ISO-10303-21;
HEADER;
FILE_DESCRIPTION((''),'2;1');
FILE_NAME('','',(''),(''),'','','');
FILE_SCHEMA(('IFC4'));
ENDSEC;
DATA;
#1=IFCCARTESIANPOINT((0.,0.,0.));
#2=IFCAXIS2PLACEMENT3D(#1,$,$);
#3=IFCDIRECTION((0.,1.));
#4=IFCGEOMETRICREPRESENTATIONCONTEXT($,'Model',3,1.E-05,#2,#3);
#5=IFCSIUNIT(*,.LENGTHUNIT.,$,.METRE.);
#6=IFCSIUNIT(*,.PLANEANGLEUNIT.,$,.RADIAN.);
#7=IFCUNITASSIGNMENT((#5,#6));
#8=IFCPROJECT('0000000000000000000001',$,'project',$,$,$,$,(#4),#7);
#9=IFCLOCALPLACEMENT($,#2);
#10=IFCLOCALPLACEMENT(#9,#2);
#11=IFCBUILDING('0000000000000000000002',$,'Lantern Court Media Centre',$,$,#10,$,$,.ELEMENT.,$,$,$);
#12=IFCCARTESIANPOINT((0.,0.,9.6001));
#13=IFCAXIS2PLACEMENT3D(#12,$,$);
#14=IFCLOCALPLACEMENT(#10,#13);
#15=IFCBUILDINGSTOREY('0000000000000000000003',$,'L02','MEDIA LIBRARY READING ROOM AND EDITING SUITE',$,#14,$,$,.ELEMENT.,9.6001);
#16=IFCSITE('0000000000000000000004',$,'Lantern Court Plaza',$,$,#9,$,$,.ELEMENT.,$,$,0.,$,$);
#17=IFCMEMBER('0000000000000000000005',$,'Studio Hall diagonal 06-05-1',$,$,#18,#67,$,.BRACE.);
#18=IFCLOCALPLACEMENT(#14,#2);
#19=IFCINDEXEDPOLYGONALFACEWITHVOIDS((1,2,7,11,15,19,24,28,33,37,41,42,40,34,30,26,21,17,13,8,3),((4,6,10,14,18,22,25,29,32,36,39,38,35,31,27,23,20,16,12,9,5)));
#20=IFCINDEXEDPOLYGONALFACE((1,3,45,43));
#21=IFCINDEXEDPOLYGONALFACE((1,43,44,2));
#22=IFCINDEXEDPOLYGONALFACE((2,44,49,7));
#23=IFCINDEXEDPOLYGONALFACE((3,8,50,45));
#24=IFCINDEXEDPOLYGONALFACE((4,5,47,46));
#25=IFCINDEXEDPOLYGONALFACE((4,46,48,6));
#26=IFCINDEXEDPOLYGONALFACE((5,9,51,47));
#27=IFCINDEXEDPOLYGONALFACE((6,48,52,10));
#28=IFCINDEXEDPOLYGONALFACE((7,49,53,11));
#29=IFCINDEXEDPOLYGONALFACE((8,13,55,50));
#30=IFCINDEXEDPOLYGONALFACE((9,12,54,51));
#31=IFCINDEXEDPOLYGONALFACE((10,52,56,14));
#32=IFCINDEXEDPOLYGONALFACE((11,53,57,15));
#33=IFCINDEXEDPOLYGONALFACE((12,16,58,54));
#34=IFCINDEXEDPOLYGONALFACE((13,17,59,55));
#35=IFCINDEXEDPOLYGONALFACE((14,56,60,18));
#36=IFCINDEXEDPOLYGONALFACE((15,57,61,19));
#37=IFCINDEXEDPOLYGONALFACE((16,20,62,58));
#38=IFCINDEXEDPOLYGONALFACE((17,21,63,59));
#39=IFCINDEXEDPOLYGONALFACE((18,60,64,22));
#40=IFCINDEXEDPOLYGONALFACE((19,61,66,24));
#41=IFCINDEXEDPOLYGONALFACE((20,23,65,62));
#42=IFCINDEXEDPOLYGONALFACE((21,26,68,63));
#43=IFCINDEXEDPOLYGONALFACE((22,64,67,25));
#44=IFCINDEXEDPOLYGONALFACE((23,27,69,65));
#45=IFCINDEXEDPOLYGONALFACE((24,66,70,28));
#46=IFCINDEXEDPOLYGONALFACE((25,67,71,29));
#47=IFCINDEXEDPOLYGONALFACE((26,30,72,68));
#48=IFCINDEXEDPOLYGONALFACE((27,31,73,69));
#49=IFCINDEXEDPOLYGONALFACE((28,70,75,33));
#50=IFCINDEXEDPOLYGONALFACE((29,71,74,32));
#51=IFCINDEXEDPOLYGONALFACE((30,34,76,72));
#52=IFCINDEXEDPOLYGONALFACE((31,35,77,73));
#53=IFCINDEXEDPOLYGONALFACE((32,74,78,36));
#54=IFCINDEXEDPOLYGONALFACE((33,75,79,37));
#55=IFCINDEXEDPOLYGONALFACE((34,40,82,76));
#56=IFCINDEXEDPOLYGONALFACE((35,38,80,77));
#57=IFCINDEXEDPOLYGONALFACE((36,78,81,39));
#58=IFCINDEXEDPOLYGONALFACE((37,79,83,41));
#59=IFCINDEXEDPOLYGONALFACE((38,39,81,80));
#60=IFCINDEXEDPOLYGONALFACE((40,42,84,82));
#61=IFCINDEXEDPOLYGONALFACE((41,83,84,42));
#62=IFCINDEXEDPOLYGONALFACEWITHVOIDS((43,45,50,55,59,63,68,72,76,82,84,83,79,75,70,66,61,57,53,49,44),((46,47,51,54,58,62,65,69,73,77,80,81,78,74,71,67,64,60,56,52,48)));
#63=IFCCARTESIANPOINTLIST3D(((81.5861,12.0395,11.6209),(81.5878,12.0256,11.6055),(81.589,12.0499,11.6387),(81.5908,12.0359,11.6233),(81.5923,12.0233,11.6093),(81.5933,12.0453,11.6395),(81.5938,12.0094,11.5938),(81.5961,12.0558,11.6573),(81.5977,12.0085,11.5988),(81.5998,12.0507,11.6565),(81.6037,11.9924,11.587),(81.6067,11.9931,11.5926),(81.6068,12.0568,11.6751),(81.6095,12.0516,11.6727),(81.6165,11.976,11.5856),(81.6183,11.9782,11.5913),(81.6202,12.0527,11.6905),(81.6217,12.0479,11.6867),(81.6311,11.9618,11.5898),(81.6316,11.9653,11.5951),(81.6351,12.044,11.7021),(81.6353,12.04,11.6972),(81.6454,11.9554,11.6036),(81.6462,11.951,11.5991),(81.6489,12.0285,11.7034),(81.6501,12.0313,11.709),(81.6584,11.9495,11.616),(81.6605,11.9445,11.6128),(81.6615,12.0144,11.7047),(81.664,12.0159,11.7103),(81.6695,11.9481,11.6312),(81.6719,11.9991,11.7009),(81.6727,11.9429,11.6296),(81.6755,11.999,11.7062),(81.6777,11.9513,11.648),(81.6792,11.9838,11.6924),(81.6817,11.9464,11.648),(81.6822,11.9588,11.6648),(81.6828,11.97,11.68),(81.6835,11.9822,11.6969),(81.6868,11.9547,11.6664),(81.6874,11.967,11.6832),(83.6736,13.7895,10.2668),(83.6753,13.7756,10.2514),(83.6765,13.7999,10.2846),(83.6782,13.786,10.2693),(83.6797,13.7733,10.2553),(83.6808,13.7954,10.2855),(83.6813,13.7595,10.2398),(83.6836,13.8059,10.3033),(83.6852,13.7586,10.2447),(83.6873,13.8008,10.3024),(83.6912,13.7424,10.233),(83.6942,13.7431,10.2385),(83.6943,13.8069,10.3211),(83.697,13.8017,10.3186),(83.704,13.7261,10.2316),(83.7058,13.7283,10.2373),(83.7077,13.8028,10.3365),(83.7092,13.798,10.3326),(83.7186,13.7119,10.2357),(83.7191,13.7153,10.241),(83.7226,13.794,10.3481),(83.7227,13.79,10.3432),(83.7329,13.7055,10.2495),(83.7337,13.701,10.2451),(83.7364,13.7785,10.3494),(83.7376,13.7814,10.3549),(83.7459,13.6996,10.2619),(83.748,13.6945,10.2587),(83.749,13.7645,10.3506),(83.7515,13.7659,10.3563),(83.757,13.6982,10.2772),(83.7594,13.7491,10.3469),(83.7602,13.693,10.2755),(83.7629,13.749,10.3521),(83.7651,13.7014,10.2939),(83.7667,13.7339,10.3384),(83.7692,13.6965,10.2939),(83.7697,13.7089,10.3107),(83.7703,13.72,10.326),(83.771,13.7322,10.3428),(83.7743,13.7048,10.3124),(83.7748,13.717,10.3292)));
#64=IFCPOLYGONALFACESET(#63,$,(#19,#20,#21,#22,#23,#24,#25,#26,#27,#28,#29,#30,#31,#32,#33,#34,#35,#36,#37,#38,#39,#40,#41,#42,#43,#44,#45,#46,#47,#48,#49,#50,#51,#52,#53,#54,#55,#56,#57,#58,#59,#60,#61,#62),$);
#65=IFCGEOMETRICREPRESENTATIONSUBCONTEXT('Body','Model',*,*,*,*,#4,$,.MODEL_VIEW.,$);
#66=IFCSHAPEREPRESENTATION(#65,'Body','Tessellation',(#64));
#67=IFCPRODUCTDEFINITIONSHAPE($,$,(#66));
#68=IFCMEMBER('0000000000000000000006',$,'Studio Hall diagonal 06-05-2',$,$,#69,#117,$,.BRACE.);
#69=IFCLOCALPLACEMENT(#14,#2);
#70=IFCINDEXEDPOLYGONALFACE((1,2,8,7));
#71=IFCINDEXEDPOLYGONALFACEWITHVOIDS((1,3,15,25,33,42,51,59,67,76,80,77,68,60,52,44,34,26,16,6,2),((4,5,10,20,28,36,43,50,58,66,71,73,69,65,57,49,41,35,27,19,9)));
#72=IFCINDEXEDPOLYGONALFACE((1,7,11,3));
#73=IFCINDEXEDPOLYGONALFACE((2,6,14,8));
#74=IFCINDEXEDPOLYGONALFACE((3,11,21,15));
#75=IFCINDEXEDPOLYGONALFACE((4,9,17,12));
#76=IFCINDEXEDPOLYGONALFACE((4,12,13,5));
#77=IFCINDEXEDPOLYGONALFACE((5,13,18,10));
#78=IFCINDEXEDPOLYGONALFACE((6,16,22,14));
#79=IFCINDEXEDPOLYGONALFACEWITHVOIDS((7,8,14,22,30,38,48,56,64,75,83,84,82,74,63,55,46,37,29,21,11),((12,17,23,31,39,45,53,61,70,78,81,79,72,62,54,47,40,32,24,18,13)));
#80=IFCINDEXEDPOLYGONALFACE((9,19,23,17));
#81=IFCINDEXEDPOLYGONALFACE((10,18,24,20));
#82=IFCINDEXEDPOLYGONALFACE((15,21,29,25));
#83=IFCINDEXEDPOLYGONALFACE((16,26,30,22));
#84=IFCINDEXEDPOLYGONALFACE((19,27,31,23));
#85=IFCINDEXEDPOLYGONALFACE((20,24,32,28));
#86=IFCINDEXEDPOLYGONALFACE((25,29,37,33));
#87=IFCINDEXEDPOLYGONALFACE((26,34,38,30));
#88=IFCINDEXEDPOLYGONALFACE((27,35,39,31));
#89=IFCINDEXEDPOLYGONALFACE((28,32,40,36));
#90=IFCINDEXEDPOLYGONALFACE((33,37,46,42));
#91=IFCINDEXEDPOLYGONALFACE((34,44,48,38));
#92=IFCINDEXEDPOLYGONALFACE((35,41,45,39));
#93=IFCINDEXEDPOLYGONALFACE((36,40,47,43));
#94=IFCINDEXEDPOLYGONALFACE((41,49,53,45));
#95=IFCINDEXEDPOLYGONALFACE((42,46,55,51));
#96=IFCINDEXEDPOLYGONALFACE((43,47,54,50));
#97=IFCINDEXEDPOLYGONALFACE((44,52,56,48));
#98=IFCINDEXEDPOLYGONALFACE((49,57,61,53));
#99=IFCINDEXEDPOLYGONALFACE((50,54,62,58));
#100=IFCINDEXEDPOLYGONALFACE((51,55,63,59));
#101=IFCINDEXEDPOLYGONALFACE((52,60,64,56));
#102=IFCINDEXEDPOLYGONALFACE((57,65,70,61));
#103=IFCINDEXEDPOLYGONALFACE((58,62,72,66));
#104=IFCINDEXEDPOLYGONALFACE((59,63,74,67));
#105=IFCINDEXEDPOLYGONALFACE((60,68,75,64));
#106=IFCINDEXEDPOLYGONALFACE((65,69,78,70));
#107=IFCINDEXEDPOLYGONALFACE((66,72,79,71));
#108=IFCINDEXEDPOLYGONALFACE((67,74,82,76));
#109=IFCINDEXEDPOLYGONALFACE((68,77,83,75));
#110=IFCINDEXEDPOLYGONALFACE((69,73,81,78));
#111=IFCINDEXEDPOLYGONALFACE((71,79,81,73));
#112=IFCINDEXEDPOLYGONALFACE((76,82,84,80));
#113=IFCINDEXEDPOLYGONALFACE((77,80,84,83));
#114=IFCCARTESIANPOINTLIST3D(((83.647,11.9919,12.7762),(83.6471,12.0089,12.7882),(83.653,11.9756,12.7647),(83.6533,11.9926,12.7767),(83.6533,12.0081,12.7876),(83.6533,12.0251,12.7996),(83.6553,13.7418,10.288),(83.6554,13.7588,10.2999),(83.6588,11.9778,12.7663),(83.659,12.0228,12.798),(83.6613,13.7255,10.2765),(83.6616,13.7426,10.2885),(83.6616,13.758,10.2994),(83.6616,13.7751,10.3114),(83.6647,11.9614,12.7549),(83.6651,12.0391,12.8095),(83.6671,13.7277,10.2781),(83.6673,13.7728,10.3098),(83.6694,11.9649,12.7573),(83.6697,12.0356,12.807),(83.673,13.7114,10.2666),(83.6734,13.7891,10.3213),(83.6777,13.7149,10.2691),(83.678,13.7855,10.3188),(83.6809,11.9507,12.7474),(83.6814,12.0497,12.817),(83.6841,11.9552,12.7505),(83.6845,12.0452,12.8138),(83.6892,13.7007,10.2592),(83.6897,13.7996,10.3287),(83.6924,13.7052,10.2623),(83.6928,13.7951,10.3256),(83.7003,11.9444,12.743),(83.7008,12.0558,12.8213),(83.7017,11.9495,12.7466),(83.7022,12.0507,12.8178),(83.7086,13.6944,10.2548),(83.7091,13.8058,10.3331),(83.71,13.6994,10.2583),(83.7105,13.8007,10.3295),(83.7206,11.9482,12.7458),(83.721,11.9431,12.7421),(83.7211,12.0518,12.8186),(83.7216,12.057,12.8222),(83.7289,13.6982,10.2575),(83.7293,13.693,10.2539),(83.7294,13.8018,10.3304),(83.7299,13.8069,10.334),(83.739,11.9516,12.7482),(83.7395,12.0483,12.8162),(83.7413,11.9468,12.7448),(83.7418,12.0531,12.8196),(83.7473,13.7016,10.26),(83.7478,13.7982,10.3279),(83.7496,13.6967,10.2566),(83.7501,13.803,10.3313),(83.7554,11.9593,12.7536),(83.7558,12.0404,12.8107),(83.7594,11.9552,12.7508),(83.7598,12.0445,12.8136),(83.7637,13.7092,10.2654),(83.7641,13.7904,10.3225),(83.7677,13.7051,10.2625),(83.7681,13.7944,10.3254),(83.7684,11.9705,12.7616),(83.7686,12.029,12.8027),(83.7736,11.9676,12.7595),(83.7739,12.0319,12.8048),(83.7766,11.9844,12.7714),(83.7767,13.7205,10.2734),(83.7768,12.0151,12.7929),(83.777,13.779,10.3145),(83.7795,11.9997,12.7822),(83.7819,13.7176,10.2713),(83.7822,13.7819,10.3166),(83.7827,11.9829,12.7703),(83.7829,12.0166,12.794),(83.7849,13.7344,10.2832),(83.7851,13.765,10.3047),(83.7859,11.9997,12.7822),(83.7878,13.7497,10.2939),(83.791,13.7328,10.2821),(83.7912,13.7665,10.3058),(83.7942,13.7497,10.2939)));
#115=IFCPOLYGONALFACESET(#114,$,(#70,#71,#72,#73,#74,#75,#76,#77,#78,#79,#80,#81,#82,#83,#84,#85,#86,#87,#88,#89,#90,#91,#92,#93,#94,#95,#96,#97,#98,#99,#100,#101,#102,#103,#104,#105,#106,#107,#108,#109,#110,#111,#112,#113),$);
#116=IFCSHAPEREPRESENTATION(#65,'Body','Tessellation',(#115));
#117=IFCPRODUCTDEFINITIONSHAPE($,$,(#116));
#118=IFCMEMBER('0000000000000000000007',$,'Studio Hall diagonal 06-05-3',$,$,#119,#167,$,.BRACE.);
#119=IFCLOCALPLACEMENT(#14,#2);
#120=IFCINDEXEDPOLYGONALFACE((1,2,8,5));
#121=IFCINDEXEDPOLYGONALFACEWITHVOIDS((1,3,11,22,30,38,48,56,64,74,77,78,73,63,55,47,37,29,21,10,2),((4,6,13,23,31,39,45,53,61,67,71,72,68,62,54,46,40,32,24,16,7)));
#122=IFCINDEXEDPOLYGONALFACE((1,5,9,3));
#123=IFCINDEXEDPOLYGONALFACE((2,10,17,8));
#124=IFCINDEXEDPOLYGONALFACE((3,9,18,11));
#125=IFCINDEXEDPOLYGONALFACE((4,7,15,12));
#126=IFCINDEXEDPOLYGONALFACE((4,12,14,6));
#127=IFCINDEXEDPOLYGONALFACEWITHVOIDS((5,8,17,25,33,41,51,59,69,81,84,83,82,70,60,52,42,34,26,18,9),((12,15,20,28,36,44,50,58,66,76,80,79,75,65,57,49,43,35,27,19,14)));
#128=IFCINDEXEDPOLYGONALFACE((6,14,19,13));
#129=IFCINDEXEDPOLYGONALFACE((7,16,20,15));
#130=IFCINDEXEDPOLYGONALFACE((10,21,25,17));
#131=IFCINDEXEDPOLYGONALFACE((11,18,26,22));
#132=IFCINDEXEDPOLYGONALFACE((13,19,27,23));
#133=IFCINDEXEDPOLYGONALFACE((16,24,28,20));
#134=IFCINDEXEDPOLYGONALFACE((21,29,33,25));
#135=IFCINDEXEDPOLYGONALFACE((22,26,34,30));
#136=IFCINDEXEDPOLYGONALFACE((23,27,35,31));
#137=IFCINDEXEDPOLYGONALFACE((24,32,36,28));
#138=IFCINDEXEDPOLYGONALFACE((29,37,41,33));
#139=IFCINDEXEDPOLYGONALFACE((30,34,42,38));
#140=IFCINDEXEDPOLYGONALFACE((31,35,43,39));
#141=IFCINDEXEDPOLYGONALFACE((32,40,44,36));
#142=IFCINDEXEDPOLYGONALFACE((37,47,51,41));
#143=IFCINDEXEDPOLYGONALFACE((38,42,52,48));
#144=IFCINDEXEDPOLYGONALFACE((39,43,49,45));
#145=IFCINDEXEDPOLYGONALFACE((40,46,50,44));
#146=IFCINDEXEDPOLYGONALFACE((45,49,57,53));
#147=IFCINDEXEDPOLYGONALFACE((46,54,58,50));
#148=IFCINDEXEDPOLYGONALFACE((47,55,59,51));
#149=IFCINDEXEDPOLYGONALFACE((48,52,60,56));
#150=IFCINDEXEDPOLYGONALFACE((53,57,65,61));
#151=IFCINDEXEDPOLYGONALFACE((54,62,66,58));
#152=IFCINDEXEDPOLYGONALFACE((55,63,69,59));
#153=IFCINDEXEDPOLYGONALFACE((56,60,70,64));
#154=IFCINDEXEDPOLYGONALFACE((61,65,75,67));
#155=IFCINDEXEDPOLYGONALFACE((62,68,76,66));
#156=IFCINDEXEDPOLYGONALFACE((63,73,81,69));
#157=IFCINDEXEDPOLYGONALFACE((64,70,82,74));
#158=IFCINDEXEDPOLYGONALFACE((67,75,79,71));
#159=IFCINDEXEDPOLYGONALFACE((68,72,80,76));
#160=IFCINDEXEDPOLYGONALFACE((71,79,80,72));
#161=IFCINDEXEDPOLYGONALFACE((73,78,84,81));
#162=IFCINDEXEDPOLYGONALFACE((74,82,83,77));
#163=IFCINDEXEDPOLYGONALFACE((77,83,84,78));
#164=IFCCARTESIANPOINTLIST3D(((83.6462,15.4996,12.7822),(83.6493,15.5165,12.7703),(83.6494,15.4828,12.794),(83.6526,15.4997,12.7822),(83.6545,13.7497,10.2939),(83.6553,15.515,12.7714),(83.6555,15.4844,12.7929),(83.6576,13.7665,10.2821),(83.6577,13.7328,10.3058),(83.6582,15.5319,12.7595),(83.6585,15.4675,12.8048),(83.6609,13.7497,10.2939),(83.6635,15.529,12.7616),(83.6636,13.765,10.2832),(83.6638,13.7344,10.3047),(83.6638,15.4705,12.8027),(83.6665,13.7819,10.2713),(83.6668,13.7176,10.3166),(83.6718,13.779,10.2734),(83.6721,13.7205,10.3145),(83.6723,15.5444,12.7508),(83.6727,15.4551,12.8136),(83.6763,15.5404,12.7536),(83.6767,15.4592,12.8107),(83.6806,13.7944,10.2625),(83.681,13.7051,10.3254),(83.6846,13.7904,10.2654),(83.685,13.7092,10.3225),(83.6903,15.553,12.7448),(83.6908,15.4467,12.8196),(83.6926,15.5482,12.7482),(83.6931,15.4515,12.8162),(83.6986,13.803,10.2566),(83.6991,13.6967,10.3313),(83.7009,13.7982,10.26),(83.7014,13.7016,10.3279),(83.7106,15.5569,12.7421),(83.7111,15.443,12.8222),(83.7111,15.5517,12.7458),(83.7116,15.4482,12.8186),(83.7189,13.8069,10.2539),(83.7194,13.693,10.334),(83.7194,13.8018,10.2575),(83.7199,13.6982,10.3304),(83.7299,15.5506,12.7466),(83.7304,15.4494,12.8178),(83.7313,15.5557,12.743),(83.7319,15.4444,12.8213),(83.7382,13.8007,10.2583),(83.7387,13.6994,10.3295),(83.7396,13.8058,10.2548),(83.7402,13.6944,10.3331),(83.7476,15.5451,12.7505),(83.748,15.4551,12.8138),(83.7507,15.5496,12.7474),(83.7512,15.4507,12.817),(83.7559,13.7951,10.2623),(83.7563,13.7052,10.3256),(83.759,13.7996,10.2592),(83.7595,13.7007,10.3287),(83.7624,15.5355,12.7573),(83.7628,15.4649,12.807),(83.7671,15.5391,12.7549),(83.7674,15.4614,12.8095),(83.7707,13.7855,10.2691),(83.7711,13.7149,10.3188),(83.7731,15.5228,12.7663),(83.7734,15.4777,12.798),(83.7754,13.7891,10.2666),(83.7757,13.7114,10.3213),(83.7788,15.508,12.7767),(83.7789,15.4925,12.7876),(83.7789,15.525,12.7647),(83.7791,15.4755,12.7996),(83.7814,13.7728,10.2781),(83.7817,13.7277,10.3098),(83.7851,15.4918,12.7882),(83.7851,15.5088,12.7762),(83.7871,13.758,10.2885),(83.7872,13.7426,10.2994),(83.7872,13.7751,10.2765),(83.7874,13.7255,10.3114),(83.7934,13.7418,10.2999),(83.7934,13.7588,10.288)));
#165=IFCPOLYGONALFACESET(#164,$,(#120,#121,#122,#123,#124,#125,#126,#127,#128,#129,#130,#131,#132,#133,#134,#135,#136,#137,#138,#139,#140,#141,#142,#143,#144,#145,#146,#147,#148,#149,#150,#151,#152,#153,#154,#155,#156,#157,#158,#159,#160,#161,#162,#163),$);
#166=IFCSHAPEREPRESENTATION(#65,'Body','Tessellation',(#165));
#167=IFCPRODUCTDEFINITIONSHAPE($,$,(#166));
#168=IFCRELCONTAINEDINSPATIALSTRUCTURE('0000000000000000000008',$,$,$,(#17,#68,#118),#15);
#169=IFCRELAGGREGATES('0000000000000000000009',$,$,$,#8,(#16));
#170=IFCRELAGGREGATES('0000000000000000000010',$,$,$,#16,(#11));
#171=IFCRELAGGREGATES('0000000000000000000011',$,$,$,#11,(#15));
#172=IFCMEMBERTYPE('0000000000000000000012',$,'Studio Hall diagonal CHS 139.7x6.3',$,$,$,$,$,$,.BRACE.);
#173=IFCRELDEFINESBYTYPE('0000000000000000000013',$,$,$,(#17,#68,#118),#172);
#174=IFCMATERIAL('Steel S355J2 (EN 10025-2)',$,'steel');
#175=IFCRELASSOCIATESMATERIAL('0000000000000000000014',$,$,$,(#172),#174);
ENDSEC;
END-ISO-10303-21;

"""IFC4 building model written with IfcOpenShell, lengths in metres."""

from ifc_helpers import new_model, si_unit, direction, frame, origin, origin_2d, place, context, subcontext, project, spatial, hollow_circle, extrude, material, material_profile, profile_set, type_object, element, save


model = new_model("IFC4")

# Units and contexts
model_context = context("Model", 3, precision=1e-05, world=origin(), true_north=direction((0.0, 1.0)))
body_context = subcontext(model_context, "Body", "Model", "MODEL_VIEW")
ifc_project = project(units=[si_unit("LENGTHUNIT", "METRE"), si_unit("PLANEANGLEUNIT", "RADIAN")], contexts=[model_context])

# Site, building, storey
site_placement = place(None, origin())
site = spatial("IfcSite", under=ifc_project, at=site_placement, Name="Lantern Court Plaza", CompositionType="ELEMENT", RefElevation=0.0)
building_placement = place(site_placement, origin())
building = spatial("IfcBuilding", under=site, at=building_placement, Name="Lantern Court Media Centre", CompositionType="ELEMENT")
storey_placement = place(building_placement, frame((0.0, 0.0, 9.6001)))
storey = spatial("IfcBuildingStorey", under=building, at=storey_placement, Name="L02", Description="MEDIA LIBRARY READING ROOM AND EDITING SUITE", CompositionType="ELEMENT", Elevation=9.6001)

# Members
ifc_material = material(Name="Steel S355J2 (EN 10025-2)", Category="steel")
ifc_material_profile_1 = material_profile(ifc_material, hollow_circle(Radius=0.0698, WallThickness=0.0063, at=origin_2d()), Name="Studio Hall diagonal CHS 139.7x6.3")
ifc_profile_set_1 = profile_set([ifc_material_profile_1], Name="Steel S355J2 (EN 10025-2)")
member_type_1 = type_object("IfcMemberType", Name="Studio Hall diagonal CHS 139.7x6.3", PredefinedType="BRACE", material=ifc_profile_set_1)
for number, where, z_axis, x_axis, name in (
    (1, (83.7244, 13.75, 10.2939), (-0.68622, -0.575301, 0.44512), (0.642456, -0.766322, 0.0), "Studio Hall diagonal 06-05-1"),
    (2, (83.7244, 13.75, 10.2939), (-0.002729, -0.575269, 0.81796), (0.999989, -0.004743, 0.0), "Studio Hall diagonal 06-05-2"),
    (3, (83.7244, 13.75, 10.2939), (-0.002729, 0.575269, 0.81796), (-0.999989, -0.004743, 0.0), "Studio Hall diagonal 06-05-3"),
):
    element("IfcMember", number, at=place(storey_placement, frame(where, z_axis=z_axis, x_axis=x_axis)), inside=storey, type_object=member_type_1, Name=name, PredefinedType="BRACE", context=body_context, shape_type="SweptSolid", body=[
        extrude(hollow_circle(Radius=0.0698, WallThickness=0.0063, at=origin_2d()), origin(), (0.0, 0.0, 1.0), 3.042),
    ])

save(model, "model.ifc")
